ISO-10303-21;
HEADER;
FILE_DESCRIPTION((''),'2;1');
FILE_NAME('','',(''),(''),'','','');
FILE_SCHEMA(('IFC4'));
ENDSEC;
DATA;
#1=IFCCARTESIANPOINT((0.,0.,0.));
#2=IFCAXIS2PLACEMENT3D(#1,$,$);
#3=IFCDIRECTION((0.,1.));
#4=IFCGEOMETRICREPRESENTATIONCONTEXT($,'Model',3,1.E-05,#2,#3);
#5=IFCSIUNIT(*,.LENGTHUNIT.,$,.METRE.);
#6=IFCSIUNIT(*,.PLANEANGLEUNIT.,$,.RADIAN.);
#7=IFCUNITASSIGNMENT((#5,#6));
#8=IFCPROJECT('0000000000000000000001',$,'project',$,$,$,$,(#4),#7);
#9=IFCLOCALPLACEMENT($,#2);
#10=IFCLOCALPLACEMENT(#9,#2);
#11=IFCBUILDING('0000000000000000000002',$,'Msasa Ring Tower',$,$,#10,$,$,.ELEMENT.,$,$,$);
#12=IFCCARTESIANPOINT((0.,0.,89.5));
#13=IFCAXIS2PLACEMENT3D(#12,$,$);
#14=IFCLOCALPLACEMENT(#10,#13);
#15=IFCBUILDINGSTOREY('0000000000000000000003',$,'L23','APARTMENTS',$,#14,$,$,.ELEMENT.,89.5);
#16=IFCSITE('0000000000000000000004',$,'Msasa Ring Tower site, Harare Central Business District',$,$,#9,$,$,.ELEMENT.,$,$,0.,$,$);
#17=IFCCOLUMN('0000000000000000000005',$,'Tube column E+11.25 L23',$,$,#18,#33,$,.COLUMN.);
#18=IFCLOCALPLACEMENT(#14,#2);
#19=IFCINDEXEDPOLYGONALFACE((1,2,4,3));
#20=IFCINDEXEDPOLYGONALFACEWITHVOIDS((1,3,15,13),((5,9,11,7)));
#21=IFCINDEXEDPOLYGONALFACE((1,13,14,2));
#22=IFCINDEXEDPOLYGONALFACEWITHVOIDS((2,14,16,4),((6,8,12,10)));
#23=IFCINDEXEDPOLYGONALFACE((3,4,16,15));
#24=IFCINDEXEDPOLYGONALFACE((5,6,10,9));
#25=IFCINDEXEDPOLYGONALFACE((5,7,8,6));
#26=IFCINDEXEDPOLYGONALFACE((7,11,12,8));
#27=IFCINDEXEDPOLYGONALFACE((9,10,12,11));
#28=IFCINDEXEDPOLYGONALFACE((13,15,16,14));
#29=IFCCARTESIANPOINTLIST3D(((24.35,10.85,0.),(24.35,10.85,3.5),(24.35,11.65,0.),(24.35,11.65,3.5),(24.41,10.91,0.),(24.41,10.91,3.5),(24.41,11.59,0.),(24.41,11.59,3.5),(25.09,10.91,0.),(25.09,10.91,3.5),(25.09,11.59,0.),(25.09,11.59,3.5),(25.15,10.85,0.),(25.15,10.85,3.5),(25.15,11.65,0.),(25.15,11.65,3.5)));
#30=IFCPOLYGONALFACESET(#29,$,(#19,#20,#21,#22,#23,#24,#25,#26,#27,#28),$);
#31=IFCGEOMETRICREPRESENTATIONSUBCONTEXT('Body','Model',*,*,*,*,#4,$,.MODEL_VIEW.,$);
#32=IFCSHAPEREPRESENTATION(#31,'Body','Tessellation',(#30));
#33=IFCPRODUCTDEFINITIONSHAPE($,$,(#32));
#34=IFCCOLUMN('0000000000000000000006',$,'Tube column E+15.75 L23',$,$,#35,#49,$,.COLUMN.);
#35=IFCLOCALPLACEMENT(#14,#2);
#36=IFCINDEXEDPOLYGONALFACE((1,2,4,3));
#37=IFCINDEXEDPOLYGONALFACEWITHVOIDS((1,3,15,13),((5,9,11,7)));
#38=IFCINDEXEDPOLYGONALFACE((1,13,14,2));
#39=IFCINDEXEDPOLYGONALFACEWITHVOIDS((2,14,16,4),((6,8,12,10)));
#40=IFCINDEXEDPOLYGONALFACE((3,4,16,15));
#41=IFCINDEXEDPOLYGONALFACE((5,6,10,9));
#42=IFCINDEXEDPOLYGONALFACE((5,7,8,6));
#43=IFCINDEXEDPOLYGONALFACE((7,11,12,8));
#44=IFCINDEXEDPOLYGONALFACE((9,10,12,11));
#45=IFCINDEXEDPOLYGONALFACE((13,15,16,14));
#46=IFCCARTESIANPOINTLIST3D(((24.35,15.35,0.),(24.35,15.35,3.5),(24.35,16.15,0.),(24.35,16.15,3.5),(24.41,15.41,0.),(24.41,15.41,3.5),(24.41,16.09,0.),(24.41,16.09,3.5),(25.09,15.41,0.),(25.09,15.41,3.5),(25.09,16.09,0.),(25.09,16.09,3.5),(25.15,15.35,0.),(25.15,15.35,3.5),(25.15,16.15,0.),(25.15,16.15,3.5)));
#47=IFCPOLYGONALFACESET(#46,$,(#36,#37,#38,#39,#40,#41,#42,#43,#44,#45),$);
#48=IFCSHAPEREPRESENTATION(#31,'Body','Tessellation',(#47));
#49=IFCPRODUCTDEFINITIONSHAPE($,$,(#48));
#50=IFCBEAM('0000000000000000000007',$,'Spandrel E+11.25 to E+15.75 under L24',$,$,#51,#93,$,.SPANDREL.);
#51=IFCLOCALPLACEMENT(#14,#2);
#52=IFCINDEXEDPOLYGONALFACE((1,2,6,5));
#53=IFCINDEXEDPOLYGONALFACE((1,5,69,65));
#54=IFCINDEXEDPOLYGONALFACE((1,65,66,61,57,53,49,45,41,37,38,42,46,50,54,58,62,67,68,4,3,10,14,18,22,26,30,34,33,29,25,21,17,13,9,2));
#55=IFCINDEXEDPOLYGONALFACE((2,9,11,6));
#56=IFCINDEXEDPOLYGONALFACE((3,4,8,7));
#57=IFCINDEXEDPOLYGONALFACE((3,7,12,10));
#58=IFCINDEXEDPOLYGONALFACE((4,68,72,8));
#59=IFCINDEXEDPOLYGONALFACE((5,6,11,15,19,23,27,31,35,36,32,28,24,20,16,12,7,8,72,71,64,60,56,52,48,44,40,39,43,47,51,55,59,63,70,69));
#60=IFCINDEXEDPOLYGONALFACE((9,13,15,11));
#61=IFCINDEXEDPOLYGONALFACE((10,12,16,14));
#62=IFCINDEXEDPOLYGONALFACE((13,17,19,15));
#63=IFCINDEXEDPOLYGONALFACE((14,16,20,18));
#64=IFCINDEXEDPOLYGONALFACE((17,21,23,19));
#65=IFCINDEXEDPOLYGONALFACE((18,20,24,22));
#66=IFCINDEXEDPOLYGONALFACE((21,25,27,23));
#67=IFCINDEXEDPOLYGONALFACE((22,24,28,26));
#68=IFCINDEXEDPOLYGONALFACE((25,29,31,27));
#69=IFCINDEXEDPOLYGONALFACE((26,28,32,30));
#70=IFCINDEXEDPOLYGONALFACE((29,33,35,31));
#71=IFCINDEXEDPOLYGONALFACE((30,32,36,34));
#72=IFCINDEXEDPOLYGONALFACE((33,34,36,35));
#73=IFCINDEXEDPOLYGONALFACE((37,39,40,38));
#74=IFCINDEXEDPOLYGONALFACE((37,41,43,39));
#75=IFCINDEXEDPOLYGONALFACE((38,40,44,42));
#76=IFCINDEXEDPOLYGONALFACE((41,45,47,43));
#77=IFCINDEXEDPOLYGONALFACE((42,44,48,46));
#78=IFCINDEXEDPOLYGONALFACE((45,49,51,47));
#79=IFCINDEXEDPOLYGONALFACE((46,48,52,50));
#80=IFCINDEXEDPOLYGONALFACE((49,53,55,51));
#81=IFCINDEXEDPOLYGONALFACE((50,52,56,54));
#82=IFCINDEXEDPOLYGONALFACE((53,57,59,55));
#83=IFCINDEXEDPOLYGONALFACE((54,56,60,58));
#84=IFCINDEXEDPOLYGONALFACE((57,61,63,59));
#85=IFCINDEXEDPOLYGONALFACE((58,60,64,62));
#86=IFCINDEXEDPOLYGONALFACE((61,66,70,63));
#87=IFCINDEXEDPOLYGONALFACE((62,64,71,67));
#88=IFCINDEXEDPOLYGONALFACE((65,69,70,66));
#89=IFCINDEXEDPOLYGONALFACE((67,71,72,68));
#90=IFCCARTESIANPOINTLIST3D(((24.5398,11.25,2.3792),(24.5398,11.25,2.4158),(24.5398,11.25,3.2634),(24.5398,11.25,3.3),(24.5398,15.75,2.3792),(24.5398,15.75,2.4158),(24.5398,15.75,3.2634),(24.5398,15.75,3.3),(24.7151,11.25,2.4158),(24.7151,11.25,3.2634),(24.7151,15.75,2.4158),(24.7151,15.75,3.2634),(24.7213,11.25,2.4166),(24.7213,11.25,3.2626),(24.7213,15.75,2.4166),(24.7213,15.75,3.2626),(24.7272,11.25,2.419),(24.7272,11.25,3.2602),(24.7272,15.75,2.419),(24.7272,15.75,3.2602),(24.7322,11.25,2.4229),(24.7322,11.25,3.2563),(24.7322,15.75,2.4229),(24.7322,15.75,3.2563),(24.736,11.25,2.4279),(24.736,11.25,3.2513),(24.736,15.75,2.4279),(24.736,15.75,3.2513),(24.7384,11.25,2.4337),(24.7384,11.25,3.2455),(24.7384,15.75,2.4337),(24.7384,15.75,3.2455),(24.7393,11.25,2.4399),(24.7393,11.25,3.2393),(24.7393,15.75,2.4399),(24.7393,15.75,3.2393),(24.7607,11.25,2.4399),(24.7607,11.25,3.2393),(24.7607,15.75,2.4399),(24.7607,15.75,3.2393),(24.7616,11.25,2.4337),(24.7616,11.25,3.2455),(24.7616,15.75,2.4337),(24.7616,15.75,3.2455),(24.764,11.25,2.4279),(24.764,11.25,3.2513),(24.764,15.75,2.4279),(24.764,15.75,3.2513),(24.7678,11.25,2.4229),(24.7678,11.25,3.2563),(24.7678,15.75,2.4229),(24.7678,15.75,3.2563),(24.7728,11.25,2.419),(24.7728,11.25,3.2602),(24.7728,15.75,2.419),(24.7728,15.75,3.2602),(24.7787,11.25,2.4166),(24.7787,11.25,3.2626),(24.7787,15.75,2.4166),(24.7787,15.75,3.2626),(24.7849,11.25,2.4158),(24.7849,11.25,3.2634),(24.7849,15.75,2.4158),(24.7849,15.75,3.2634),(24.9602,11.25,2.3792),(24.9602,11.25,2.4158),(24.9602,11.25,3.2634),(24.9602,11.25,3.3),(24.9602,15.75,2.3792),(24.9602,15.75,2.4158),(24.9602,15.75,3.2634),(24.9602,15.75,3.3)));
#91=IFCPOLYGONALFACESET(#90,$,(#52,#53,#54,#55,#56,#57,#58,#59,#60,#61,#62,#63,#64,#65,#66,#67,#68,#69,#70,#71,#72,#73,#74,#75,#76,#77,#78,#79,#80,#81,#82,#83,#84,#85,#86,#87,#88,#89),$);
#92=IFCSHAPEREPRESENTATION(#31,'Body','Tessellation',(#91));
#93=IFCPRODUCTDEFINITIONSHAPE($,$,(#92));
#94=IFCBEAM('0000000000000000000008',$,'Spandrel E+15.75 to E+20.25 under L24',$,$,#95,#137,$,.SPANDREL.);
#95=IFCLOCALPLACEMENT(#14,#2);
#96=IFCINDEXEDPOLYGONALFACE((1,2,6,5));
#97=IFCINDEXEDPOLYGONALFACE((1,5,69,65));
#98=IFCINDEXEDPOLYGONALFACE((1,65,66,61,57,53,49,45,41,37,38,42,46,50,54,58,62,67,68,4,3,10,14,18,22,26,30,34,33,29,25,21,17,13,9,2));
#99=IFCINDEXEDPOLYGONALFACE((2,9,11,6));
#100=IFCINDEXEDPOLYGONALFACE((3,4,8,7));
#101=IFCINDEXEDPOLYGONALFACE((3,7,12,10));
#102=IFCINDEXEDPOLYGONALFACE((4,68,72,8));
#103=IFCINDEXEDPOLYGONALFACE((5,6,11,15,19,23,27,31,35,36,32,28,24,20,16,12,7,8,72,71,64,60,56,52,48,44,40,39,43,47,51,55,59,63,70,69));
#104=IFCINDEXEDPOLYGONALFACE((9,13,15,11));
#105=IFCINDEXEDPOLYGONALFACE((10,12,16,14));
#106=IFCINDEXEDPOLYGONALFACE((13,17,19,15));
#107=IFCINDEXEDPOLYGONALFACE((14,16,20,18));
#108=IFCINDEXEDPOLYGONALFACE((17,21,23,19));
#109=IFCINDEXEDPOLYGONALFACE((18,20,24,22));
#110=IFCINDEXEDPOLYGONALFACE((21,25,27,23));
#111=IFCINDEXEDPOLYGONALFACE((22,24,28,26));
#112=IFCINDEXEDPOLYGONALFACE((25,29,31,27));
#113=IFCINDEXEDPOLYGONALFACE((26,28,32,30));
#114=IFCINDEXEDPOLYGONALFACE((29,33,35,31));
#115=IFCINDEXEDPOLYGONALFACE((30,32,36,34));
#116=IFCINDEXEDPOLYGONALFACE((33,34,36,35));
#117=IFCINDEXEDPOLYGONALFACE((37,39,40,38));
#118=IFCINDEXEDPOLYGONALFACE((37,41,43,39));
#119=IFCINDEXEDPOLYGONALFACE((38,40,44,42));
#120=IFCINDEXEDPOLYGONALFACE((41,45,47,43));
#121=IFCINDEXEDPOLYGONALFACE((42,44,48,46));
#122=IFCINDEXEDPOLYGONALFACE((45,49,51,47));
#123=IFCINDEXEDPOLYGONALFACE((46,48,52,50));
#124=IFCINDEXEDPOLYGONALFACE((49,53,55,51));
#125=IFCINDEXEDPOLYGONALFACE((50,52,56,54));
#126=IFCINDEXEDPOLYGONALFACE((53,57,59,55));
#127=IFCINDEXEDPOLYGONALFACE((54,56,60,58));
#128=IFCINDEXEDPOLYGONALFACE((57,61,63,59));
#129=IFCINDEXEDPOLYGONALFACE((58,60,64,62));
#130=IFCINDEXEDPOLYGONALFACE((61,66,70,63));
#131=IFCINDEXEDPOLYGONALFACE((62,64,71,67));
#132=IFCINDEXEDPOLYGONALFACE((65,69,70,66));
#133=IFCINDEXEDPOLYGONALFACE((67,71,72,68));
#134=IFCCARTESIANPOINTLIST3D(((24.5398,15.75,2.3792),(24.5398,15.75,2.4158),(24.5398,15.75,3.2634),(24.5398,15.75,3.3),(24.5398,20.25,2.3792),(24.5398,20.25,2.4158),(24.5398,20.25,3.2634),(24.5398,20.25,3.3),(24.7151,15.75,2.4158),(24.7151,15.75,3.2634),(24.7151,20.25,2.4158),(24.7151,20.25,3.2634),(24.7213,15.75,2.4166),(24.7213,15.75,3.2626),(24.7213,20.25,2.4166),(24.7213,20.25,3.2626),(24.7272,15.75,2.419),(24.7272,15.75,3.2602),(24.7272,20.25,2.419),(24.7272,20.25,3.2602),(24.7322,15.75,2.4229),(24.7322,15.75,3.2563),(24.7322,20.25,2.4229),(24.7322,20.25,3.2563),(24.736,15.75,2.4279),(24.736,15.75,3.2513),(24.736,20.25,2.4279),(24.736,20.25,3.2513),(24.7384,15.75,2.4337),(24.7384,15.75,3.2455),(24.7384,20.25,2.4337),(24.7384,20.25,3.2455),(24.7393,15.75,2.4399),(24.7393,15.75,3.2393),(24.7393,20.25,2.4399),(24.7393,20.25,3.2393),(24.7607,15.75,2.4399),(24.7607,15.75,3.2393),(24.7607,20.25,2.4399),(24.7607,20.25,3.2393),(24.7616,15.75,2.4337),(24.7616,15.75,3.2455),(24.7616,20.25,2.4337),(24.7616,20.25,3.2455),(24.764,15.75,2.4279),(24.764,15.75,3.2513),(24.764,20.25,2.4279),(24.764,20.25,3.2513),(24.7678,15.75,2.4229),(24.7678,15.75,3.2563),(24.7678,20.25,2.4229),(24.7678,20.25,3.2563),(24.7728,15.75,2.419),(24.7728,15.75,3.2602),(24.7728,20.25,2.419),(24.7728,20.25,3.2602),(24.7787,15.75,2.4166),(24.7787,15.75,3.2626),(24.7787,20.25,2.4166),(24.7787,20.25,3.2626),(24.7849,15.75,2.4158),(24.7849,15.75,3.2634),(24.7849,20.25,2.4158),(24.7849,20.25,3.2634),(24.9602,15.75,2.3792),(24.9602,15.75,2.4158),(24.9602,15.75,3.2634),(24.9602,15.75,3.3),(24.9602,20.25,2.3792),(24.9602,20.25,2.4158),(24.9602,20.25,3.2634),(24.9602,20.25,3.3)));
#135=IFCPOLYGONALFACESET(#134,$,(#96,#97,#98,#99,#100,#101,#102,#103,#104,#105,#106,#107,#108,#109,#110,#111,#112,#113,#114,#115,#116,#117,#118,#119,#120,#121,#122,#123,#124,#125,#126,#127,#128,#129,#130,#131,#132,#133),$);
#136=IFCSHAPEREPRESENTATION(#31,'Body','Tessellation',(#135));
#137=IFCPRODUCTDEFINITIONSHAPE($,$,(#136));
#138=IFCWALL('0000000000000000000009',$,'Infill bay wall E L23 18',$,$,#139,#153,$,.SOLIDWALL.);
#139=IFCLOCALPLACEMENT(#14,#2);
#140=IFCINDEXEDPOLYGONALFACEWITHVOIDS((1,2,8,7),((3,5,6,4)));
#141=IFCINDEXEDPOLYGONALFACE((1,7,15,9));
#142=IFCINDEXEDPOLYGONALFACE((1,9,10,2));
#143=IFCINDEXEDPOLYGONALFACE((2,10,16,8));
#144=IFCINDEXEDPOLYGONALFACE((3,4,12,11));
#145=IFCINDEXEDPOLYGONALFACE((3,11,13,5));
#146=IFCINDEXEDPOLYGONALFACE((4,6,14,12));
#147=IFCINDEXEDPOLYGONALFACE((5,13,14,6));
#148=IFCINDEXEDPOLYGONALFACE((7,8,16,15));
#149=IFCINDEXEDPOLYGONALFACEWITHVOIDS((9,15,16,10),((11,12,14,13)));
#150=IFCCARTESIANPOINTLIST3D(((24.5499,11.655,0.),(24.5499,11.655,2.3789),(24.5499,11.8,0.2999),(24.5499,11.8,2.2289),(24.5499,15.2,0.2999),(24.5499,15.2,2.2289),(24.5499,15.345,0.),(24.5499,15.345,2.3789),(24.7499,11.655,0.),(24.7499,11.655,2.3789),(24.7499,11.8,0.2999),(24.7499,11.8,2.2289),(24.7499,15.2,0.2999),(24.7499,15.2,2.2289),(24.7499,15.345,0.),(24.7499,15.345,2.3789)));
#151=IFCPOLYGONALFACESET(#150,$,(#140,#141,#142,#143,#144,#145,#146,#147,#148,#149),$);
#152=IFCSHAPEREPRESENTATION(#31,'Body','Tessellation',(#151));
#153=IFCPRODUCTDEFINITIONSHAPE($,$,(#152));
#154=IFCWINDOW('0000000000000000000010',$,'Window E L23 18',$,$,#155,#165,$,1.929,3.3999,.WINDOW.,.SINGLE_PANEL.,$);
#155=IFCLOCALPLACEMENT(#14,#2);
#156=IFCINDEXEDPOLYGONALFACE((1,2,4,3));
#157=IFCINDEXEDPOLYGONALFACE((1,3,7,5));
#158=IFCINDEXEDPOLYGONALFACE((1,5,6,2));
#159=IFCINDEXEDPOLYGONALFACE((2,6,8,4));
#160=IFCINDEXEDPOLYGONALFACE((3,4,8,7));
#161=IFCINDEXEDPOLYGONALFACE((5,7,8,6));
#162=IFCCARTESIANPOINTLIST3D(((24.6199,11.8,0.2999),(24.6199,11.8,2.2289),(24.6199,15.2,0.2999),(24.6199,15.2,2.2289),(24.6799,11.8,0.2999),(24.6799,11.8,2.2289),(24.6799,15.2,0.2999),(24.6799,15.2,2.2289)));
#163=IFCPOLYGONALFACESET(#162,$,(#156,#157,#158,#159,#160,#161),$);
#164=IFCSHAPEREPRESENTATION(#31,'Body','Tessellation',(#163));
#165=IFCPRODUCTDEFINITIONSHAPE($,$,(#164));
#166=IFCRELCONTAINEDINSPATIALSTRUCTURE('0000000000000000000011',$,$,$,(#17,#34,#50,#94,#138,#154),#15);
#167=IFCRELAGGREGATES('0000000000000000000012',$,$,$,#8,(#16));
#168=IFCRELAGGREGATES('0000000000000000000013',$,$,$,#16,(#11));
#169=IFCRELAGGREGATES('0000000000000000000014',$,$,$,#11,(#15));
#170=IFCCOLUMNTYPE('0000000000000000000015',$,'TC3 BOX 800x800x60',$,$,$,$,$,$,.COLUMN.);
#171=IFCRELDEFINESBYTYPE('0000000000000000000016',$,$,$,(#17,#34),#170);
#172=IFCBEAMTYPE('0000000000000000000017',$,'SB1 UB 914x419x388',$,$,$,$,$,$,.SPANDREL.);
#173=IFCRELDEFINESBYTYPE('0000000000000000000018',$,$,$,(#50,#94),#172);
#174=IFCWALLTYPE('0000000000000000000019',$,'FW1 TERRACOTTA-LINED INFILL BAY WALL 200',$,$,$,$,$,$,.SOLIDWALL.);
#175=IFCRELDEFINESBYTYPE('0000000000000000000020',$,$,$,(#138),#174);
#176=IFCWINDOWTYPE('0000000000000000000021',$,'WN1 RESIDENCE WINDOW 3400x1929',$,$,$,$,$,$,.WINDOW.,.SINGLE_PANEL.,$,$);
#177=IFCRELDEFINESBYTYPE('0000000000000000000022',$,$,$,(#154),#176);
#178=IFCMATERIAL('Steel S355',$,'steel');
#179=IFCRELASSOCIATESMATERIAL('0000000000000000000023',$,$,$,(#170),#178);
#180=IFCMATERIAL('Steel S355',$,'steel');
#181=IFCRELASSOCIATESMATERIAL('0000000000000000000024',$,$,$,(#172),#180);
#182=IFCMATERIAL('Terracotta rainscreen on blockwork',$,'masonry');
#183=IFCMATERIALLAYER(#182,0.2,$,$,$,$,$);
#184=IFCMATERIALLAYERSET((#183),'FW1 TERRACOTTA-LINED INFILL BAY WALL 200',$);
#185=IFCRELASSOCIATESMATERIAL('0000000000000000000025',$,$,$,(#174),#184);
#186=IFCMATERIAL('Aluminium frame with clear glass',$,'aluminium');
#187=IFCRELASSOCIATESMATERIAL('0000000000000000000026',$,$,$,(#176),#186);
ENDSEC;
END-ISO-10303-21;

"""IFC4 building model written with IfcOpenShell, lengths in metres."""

from ifc_helpers import new_model, si_unit, direction, frame, frame_2d, origin, origin_2d, place, context, subcontext, project, spatial, rectangle, hollow_rectangle, i_section, extrude, material, layer, layer_set, material_profile, profile_set, type_object, element, fill, save


model = new_model("IFC4")

# Units and contexts
model_context = context("Model", 3, precision=1e-05, world=origin(), true_north=direction((0.0, 1.0)))
body_context = subcontext(model_context, "Body", "Model", "MODEL_VIEW")
ifc_project = project(units=[si_unit("LENGTHUNIT", "METRE"), si_unit("PLANEANGLEUNIT", "RADIAN")], contexts=[model_context])

# Site, building, storey
site_placement = place(None, origin())
site = spatial("IfcSite", under=ifc_project, at=site_placement, Name="Msasa Ring Tower site, Harare Central Business District", CompositionType="ELEMENT", RefElevation=0.0)
building_placement = place(site_placement, origin())
building = spatial("IfcBuilding", under=site, at=building_placement, Name="Msasa Ring Tower", CompositionType="ELEMENT")
storey_placement = place(building_placement, frame((0.0, 0.0, 89.5)))
storey = spatial("IfcBuildingStorey", under=building, at=storey_placement, Name="L23", Description="APARTMENTS", CompositionType="ELEMENT", Elevation=89.5)

# Columns
ifc_material_1 = material(Name="Steel S355", Category="steel")
ifc_material_profile_1 = material_profile(ifc_material_1, hollow_rectangle(XDim=0.8, YDim=0.8, WallThickness=0.0601, at=origin_2d()), Name="BOX 800x800x60")
ifc_profile_set_1 = profile_set([ifc_material_profile_1], Name="Steel S355")
column_type = type_object("IfcColumnType", Name="TC3 BOX 800x800x60", PredefinedType="COLUMN", material=ifc_profile_set_1)
for number, where, z_axis, x_axis, name in (
    (1, (24.75, 11.25, 0.0), (0.0, 0.0, 1.0), (1.0, 0.0, 0.0), "Tube column E+11.25 L23"),
    (2, (24.75, 15.75, 0.0), (0.0, 0.0, 1.0), (1.0, 0.0, 0.0), "Tube column E+15.75 L23"),
):
    element("IfcColumn", number, at=place(storey_placement, frame(where, z_axis=z_axis, x_axis=x_axis)), inside=storey, type_object=column_type, Name=name, PredefinedType="COLUMN", context=body_context, shape_type="SweptSolid", body=[
        extrude(hollow_rectangle(XDim=0.8, YDim=0.8, WallThickness=0.0601, at=origin_2d()), origin(), (0.0, 0.0, 1.0), 3.5),
    ])

# Beams
ifc_material_2 = material(Name="Steel S355", Category="steel")
ifc_material_profile_2 = material_profile(ifc_material_2, i_section(OverallWidth=0.4204, OverallDepth=0.9209, WebThickness=0.0215, FlangeThickness=0.0366, FilletRadius=0.0242, at=origin_2d()), Name="UB 914x419x388")
ifc_profile_set_2 = profile_set([ifc_material_profile_2], Name="Steel S355")
beam_type = type_object("IfcBeamType", Name="SB1 UB 914x419x388", PredefinedType="SPANDREL", material=ifc_profile_set_2)
for number, where, z_axis, x_axis, name in (
    (3, (24.75, 11.25, 2.8396), (0.0, 1.0, 0.0), (-1.0, 0.0, 0.0), "Spandrel E+11.25 to E+15.75 under L24"),
    (4, (24.75, 15.75, 2.8396), (0.0, 1.0, 0.0), (-1.0, 0.0, 0.0), "Spandrel E+15.75 to E+20.25 under L24"),
):
    element("IfcBeam", number, at=place(storey_placement, frame(where, z_axis=z_axis, x_axis=x_axis)), inside=storey, type_object=beam_type, Name=name, PredefinedType="SPANDREL", context=body_context, shape_type="SweptSolid", body=[
        extrude(i_section(OverallWidth=0.4204, OverallDepth=0.9209, WebThickness=0.0215, FlangeThickness=0.0366, FilletRadius=0.0242, at=origin_2d()), origin(), (0.0, 0.0, 1.0), 4.5),
    ])

# Wall, opening, window
ifc_material_3 = material(Name="Terracotta rainscreen on blockwork", Category="masonry")
ifc_layer_1 = layer(ifc_material_3, 0.2)
ifc_layer_set_1 = layer_set([ifc_layer_1], Name="FW1 TERRACOTTA-LINED INFILL BAY WALL 200")
wall_type_1 = type_object("IfcWallType", Name="FW1 TERRACOTTA-LINED INFILL BAY WALL 200", PredefinedType="SOLIDWALL", material=ifc_layer_set_1)
wall_1_placement = place(storey_placement, frame((24.6499, 11.655, 0.0), z_axis=(0.0, 0.0, 1.0), x_axis=(0.0, 1.0, 0.0)))
wall_1 = element("IfcWall", 5, at=wall_1_placement, inside=storey, type_object=wall_type_1, Name="Infill bay wall E L23 18", PredefinedType="SOLIDWALL", context=body_context, shape_type="SweptSolid", body=[
    extrude(rectangle(XDim=3.6899, YDim=0.2, at=frame_2d((1.845, 0.0))), origin(), (0.0, 0.0, 1.0), 2.3789),
])
opening_1_placement = place(wall_1_placement, frame((0.145, 0.0, 0.3)))
opening_1 = element("IfcOpeningElement", 6, at=opening_1_placement, cuts=wall_1, PredefinedType="OPENING", context=body_context, shape_type="SweptSolid", body=[
    extrude(rectangle(XDim=3.3999, YDim=1.929, at=frame_2d((1.7, 0.9644))), frame((0.0, 0.1099, 0.0), z_axis=(0.0, -1.0, 0.0), x_axis=(1.0, 0.0, 0.0)), (0.0, 0.0, 1.0), 0.22),
])
ifc_material_4 = material(Name="Aluminium frame with clear glass", Category="aluminium")
window_type = type_object("IfcWindowType", Name="WN1 RESIDENCE WINDOW 3400x1929", PartitioningType="SINGLE_PANEL", PredefinedType="WINDOW", material=ifc_material_4)
window_1_placement = place(opening_1_placement, origin())
window_1 = element("IfcWindow", 7, at=window_1_placement, inside=storey, type_object=window_type, Name="Window E L23 18", OverallHeight=1.929, OverallWidth=3.3999, PartitioningType="SINGLE_PANEL", PredefinedType="WINDOW", context=body_context, shape_type="SweptSolid", body=[
    extrude(rectangle(XDim=3.3999, YDim=1.929, at=frame_2d((1.7, 0.9644))), frame((0.0, 0.03, 0.0), z_axis=(0.0, -1.0, 0.0), x_axis=(1.0, 0.0, 0.0)), (0.0, 0.0, 1.0), 0.0601),
])
fill(opening_1, window_1)

save(model, "model.ifc")
